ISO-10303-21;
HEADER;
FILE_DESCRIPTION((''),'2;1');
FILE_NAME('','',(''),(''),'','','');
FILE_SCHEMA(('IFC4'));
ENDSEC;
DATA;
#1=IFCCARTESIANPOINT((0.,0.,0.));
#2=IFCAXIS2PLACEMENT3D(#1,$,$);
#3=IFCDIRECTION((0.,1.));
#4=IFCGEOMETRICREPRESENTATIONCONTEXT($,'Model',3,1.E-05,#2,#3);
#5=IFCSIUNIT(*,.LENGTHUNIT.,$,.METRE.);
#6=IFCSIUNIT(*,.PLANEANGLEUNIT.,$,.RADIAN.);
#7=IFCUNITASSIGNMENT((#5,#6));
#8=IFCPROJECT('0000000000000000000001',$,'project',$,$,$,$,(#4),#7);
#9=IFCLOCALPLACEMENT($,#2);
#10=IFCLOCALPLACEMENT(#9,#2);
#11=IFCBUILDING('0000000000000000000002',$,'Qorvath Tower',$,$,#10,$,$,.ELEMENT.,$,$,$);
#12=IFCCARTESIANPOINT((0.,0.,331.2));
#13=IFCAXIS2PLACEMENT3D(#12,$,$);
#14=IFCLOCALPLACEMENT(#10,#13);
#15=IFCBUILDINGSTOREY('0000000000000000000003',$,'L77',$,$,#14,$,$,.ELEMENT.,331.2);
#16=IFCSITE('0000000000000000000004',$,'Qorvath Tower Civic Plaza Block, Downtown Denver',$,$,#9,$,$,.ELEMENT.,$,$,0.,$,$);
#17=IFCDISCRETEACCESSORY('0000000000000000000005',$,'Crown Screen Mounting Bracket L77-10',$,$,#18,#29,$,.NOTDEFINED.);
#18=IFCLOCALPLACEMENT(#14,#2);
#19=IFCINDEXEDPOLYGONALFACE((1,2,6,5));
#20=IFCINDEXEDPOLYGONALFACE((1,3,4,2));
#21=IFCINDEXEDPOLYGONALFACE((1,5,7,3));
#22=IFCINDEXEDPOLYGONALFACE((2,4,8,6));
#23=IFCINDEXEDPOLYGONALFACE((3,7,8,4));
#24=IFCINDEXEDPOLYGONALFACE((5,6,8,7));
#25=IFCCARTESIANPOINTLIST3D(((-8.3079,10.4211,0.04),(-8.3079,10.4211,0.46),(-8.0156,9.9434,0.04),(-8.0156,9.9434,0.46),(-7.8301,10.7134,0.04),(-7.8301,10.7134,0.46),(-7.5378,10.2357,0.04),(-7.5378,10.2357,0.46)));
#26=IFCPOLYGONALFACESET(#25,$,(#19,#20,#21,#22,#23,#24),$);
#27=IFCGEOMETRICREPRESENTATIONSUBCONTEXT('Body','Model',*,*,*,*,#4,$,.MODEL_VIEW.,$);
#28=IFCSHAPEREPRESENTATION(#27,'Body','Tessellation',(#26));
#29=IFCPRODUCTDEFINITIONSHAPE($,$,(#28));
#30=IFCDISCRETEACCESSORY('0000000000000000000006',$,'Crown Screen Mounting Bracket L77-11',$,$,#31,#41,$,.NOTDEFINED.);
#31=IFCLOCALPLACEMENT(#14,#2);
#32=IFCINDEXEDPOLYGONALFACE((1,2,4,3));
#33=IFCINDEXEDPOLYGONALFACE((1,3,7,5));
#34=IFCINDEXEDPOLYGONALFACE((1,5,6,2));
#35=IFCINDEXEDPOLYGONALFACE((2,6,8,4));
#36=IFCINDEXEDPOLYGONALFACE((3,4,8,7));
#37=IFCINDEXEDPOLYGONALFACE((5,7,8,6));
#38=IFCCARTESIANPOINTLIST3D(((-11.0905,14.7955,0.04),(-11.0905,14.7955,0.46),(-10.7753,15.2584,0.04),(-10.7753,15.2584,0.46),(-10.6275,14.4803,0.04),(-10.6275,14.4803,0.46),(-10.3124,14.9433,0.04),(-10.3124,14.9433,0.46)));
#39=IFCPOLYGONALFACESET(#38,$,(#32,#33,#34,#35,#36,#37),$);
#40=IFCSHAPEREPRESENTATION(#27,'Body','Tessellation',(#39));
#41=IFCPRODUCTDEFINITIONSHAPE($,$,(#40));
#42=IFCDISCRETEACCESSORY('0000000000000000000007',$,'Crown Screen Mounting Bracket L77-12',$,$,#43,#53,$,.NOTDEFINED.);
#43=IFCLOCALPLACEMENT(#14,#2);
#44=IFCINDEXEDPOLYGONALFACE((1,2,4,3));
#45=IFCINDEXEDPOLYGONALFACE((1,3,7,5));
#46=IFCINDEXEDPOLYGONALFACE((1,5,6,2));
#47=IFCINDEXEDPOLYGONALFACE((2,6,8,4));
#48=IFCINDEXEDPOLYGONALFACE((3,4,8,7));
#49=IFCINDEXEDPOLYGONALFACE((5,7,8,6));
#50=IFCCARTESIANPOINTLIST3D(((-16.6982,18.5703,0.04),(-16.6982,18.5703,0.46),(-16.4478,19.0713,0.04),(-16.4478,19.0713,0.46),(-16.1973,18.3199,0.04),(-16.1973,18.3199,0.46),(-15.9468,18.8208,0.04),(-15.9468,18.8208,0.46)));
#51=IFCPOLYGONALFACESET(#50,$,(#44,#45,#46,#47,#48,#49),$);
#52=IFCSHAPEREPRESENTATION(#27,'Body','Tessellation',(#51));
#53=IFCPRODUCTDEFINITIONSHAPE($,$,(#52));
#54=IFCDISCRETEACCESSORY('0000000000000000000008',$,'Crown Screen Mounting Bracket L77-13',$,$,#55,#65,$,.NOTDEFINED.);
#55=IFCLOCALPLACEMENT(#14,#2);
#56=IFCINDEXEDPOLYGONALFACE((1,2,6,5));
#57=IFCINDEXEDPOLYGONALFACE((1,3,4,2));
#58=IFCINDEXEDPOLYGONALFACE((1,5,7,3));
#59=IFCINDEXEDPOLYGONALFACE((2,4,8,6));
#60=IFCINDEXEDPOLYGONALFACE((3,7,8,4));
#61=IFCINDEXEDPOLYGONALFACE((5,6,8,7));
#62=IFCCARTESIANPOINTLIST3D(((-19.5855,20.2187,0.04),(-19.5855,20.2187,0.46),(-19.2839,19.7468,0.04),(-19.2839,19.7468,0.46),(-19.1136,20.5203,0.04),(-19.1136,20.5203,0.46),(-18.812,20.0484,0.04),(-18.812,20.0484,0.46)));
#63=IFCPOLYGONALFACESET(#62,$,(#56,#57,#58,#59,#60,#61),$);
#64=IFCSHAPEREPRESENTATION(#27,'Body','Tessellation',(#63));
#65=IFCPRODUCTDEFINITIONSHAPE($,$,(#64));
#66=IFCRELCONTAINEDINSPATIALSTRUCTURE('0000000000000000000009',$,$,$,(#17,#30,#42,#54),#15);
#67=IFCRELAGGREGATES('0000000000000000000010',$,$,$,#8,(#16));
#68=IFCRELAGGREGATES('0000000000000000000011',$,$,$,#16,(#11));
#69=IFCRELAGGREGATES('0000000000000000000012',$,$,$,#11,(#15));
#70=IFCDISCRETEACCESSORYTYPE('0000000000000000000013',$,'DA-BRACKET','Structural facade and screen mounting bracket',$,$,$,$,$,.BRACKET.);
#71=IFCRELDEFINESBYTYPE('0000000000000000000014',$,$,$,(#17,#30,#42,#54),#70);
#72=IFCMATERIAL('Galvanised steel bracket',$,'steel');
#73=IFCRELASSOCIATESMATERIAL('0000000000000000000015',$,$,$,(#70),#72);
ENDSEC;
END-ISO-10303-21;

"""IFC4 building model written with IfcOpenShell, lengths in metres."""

from ifc_helpers import new_model, si_unit, direction, frame, origin, origin_2d, place, context, subcontext, project, spatial, rectangle, extrude, material, type_object, element, save


model = new_model("IFC4")

# Units and contexts
model_context = context("Model", 3, precision=1e-05, world=origin(), true_north=direction((0.0, 1.0)))
body_context = subcontext(model_context, "Body", "Model", "MODEL_VIEW")
ifc_project = project(units=[si_unit("LENGTHUNIT", "METRE"), si_unit("PLANEANGLEUNIT", "RADIAN")], contexts=[model_context])

# Site, building, storey
site_placement = place(None, origin())
site = spatial("IfcSite", under=ifc_project, at=site_placement, Name="Qorvath Tower Civic Plaza Block, Downtown Denver", CompositionType="ELEMENT", RefElevation=0.0)
building_placement = place(site_placement, origin())
building = spatial("IfcBuilding", under=site, at=building_placement, Name="Qorvath Tower", CompositionType="ELEMENT")
storey_placement = place(building_placement, frame((0.0, 0.0, 331.2)))
storey = spatial("IfcBuildingStorey", under=building, at=storey_placement, Name="L77", CompositionType="ELEMENT", Elevation=331.2)

# Discrete accessories
ifc_material_1 = material(Name="Galvanised steel bracket", Category="steel")
discrete_accessory_type = type_object("IfcDiscreteAccessoryType", Name="DA-BRACKET", Description="Structural facade and screen mounting bracket", PredefinedType="BRACKET", material=ifc_material_1)
for number, where, z_axis, x_axis, name in (
    (1, (-7.9229, 10.3284, 0.04), (0.0, 0.0, 1.0), (-0.521924, 0.852992, 0.0), "Crown Screen Mounting Bracket L77-10"),
    (2, (-10.7014, 14.8694, 0.04), (0.0, 0.0, 1.0), (-0.826666, 0.562692, 0.0), "Crown Screen Mounting Bracket L77-11"),
    (3, (-16.3225, 18.6956, 0.04), (0.0, 0.0, 1.0), (-0.894439, 0.447189, 0.0), "Crown Screen Mounting Bracket L77-12"),
    (4, (-19.1987, 20.1335, 0.04), (0.0, 0.0, 1.0), (-0.842609, -0.538525, 0.0), "Crown Screen Mounting Bracket L77-13"),
):
    element("IfcDiscreteAccessory", number, at=place(storey_placement, frame(where, z_axis=z_axis, x_axis=x_axis)), inside=storey, type_object=discrete_accessory_type, Name=name, PredefinedType="NOTDEFINED", context=body_context, shape_type="SweptSolid", body=[
        extrude(rectangle(XDim=0.5601, YDim=0.5601, at=origin_2d()), origin(), (0.0, 0.0, 1.0), 0.4199),
    ])

save(model, "model.ifc")
